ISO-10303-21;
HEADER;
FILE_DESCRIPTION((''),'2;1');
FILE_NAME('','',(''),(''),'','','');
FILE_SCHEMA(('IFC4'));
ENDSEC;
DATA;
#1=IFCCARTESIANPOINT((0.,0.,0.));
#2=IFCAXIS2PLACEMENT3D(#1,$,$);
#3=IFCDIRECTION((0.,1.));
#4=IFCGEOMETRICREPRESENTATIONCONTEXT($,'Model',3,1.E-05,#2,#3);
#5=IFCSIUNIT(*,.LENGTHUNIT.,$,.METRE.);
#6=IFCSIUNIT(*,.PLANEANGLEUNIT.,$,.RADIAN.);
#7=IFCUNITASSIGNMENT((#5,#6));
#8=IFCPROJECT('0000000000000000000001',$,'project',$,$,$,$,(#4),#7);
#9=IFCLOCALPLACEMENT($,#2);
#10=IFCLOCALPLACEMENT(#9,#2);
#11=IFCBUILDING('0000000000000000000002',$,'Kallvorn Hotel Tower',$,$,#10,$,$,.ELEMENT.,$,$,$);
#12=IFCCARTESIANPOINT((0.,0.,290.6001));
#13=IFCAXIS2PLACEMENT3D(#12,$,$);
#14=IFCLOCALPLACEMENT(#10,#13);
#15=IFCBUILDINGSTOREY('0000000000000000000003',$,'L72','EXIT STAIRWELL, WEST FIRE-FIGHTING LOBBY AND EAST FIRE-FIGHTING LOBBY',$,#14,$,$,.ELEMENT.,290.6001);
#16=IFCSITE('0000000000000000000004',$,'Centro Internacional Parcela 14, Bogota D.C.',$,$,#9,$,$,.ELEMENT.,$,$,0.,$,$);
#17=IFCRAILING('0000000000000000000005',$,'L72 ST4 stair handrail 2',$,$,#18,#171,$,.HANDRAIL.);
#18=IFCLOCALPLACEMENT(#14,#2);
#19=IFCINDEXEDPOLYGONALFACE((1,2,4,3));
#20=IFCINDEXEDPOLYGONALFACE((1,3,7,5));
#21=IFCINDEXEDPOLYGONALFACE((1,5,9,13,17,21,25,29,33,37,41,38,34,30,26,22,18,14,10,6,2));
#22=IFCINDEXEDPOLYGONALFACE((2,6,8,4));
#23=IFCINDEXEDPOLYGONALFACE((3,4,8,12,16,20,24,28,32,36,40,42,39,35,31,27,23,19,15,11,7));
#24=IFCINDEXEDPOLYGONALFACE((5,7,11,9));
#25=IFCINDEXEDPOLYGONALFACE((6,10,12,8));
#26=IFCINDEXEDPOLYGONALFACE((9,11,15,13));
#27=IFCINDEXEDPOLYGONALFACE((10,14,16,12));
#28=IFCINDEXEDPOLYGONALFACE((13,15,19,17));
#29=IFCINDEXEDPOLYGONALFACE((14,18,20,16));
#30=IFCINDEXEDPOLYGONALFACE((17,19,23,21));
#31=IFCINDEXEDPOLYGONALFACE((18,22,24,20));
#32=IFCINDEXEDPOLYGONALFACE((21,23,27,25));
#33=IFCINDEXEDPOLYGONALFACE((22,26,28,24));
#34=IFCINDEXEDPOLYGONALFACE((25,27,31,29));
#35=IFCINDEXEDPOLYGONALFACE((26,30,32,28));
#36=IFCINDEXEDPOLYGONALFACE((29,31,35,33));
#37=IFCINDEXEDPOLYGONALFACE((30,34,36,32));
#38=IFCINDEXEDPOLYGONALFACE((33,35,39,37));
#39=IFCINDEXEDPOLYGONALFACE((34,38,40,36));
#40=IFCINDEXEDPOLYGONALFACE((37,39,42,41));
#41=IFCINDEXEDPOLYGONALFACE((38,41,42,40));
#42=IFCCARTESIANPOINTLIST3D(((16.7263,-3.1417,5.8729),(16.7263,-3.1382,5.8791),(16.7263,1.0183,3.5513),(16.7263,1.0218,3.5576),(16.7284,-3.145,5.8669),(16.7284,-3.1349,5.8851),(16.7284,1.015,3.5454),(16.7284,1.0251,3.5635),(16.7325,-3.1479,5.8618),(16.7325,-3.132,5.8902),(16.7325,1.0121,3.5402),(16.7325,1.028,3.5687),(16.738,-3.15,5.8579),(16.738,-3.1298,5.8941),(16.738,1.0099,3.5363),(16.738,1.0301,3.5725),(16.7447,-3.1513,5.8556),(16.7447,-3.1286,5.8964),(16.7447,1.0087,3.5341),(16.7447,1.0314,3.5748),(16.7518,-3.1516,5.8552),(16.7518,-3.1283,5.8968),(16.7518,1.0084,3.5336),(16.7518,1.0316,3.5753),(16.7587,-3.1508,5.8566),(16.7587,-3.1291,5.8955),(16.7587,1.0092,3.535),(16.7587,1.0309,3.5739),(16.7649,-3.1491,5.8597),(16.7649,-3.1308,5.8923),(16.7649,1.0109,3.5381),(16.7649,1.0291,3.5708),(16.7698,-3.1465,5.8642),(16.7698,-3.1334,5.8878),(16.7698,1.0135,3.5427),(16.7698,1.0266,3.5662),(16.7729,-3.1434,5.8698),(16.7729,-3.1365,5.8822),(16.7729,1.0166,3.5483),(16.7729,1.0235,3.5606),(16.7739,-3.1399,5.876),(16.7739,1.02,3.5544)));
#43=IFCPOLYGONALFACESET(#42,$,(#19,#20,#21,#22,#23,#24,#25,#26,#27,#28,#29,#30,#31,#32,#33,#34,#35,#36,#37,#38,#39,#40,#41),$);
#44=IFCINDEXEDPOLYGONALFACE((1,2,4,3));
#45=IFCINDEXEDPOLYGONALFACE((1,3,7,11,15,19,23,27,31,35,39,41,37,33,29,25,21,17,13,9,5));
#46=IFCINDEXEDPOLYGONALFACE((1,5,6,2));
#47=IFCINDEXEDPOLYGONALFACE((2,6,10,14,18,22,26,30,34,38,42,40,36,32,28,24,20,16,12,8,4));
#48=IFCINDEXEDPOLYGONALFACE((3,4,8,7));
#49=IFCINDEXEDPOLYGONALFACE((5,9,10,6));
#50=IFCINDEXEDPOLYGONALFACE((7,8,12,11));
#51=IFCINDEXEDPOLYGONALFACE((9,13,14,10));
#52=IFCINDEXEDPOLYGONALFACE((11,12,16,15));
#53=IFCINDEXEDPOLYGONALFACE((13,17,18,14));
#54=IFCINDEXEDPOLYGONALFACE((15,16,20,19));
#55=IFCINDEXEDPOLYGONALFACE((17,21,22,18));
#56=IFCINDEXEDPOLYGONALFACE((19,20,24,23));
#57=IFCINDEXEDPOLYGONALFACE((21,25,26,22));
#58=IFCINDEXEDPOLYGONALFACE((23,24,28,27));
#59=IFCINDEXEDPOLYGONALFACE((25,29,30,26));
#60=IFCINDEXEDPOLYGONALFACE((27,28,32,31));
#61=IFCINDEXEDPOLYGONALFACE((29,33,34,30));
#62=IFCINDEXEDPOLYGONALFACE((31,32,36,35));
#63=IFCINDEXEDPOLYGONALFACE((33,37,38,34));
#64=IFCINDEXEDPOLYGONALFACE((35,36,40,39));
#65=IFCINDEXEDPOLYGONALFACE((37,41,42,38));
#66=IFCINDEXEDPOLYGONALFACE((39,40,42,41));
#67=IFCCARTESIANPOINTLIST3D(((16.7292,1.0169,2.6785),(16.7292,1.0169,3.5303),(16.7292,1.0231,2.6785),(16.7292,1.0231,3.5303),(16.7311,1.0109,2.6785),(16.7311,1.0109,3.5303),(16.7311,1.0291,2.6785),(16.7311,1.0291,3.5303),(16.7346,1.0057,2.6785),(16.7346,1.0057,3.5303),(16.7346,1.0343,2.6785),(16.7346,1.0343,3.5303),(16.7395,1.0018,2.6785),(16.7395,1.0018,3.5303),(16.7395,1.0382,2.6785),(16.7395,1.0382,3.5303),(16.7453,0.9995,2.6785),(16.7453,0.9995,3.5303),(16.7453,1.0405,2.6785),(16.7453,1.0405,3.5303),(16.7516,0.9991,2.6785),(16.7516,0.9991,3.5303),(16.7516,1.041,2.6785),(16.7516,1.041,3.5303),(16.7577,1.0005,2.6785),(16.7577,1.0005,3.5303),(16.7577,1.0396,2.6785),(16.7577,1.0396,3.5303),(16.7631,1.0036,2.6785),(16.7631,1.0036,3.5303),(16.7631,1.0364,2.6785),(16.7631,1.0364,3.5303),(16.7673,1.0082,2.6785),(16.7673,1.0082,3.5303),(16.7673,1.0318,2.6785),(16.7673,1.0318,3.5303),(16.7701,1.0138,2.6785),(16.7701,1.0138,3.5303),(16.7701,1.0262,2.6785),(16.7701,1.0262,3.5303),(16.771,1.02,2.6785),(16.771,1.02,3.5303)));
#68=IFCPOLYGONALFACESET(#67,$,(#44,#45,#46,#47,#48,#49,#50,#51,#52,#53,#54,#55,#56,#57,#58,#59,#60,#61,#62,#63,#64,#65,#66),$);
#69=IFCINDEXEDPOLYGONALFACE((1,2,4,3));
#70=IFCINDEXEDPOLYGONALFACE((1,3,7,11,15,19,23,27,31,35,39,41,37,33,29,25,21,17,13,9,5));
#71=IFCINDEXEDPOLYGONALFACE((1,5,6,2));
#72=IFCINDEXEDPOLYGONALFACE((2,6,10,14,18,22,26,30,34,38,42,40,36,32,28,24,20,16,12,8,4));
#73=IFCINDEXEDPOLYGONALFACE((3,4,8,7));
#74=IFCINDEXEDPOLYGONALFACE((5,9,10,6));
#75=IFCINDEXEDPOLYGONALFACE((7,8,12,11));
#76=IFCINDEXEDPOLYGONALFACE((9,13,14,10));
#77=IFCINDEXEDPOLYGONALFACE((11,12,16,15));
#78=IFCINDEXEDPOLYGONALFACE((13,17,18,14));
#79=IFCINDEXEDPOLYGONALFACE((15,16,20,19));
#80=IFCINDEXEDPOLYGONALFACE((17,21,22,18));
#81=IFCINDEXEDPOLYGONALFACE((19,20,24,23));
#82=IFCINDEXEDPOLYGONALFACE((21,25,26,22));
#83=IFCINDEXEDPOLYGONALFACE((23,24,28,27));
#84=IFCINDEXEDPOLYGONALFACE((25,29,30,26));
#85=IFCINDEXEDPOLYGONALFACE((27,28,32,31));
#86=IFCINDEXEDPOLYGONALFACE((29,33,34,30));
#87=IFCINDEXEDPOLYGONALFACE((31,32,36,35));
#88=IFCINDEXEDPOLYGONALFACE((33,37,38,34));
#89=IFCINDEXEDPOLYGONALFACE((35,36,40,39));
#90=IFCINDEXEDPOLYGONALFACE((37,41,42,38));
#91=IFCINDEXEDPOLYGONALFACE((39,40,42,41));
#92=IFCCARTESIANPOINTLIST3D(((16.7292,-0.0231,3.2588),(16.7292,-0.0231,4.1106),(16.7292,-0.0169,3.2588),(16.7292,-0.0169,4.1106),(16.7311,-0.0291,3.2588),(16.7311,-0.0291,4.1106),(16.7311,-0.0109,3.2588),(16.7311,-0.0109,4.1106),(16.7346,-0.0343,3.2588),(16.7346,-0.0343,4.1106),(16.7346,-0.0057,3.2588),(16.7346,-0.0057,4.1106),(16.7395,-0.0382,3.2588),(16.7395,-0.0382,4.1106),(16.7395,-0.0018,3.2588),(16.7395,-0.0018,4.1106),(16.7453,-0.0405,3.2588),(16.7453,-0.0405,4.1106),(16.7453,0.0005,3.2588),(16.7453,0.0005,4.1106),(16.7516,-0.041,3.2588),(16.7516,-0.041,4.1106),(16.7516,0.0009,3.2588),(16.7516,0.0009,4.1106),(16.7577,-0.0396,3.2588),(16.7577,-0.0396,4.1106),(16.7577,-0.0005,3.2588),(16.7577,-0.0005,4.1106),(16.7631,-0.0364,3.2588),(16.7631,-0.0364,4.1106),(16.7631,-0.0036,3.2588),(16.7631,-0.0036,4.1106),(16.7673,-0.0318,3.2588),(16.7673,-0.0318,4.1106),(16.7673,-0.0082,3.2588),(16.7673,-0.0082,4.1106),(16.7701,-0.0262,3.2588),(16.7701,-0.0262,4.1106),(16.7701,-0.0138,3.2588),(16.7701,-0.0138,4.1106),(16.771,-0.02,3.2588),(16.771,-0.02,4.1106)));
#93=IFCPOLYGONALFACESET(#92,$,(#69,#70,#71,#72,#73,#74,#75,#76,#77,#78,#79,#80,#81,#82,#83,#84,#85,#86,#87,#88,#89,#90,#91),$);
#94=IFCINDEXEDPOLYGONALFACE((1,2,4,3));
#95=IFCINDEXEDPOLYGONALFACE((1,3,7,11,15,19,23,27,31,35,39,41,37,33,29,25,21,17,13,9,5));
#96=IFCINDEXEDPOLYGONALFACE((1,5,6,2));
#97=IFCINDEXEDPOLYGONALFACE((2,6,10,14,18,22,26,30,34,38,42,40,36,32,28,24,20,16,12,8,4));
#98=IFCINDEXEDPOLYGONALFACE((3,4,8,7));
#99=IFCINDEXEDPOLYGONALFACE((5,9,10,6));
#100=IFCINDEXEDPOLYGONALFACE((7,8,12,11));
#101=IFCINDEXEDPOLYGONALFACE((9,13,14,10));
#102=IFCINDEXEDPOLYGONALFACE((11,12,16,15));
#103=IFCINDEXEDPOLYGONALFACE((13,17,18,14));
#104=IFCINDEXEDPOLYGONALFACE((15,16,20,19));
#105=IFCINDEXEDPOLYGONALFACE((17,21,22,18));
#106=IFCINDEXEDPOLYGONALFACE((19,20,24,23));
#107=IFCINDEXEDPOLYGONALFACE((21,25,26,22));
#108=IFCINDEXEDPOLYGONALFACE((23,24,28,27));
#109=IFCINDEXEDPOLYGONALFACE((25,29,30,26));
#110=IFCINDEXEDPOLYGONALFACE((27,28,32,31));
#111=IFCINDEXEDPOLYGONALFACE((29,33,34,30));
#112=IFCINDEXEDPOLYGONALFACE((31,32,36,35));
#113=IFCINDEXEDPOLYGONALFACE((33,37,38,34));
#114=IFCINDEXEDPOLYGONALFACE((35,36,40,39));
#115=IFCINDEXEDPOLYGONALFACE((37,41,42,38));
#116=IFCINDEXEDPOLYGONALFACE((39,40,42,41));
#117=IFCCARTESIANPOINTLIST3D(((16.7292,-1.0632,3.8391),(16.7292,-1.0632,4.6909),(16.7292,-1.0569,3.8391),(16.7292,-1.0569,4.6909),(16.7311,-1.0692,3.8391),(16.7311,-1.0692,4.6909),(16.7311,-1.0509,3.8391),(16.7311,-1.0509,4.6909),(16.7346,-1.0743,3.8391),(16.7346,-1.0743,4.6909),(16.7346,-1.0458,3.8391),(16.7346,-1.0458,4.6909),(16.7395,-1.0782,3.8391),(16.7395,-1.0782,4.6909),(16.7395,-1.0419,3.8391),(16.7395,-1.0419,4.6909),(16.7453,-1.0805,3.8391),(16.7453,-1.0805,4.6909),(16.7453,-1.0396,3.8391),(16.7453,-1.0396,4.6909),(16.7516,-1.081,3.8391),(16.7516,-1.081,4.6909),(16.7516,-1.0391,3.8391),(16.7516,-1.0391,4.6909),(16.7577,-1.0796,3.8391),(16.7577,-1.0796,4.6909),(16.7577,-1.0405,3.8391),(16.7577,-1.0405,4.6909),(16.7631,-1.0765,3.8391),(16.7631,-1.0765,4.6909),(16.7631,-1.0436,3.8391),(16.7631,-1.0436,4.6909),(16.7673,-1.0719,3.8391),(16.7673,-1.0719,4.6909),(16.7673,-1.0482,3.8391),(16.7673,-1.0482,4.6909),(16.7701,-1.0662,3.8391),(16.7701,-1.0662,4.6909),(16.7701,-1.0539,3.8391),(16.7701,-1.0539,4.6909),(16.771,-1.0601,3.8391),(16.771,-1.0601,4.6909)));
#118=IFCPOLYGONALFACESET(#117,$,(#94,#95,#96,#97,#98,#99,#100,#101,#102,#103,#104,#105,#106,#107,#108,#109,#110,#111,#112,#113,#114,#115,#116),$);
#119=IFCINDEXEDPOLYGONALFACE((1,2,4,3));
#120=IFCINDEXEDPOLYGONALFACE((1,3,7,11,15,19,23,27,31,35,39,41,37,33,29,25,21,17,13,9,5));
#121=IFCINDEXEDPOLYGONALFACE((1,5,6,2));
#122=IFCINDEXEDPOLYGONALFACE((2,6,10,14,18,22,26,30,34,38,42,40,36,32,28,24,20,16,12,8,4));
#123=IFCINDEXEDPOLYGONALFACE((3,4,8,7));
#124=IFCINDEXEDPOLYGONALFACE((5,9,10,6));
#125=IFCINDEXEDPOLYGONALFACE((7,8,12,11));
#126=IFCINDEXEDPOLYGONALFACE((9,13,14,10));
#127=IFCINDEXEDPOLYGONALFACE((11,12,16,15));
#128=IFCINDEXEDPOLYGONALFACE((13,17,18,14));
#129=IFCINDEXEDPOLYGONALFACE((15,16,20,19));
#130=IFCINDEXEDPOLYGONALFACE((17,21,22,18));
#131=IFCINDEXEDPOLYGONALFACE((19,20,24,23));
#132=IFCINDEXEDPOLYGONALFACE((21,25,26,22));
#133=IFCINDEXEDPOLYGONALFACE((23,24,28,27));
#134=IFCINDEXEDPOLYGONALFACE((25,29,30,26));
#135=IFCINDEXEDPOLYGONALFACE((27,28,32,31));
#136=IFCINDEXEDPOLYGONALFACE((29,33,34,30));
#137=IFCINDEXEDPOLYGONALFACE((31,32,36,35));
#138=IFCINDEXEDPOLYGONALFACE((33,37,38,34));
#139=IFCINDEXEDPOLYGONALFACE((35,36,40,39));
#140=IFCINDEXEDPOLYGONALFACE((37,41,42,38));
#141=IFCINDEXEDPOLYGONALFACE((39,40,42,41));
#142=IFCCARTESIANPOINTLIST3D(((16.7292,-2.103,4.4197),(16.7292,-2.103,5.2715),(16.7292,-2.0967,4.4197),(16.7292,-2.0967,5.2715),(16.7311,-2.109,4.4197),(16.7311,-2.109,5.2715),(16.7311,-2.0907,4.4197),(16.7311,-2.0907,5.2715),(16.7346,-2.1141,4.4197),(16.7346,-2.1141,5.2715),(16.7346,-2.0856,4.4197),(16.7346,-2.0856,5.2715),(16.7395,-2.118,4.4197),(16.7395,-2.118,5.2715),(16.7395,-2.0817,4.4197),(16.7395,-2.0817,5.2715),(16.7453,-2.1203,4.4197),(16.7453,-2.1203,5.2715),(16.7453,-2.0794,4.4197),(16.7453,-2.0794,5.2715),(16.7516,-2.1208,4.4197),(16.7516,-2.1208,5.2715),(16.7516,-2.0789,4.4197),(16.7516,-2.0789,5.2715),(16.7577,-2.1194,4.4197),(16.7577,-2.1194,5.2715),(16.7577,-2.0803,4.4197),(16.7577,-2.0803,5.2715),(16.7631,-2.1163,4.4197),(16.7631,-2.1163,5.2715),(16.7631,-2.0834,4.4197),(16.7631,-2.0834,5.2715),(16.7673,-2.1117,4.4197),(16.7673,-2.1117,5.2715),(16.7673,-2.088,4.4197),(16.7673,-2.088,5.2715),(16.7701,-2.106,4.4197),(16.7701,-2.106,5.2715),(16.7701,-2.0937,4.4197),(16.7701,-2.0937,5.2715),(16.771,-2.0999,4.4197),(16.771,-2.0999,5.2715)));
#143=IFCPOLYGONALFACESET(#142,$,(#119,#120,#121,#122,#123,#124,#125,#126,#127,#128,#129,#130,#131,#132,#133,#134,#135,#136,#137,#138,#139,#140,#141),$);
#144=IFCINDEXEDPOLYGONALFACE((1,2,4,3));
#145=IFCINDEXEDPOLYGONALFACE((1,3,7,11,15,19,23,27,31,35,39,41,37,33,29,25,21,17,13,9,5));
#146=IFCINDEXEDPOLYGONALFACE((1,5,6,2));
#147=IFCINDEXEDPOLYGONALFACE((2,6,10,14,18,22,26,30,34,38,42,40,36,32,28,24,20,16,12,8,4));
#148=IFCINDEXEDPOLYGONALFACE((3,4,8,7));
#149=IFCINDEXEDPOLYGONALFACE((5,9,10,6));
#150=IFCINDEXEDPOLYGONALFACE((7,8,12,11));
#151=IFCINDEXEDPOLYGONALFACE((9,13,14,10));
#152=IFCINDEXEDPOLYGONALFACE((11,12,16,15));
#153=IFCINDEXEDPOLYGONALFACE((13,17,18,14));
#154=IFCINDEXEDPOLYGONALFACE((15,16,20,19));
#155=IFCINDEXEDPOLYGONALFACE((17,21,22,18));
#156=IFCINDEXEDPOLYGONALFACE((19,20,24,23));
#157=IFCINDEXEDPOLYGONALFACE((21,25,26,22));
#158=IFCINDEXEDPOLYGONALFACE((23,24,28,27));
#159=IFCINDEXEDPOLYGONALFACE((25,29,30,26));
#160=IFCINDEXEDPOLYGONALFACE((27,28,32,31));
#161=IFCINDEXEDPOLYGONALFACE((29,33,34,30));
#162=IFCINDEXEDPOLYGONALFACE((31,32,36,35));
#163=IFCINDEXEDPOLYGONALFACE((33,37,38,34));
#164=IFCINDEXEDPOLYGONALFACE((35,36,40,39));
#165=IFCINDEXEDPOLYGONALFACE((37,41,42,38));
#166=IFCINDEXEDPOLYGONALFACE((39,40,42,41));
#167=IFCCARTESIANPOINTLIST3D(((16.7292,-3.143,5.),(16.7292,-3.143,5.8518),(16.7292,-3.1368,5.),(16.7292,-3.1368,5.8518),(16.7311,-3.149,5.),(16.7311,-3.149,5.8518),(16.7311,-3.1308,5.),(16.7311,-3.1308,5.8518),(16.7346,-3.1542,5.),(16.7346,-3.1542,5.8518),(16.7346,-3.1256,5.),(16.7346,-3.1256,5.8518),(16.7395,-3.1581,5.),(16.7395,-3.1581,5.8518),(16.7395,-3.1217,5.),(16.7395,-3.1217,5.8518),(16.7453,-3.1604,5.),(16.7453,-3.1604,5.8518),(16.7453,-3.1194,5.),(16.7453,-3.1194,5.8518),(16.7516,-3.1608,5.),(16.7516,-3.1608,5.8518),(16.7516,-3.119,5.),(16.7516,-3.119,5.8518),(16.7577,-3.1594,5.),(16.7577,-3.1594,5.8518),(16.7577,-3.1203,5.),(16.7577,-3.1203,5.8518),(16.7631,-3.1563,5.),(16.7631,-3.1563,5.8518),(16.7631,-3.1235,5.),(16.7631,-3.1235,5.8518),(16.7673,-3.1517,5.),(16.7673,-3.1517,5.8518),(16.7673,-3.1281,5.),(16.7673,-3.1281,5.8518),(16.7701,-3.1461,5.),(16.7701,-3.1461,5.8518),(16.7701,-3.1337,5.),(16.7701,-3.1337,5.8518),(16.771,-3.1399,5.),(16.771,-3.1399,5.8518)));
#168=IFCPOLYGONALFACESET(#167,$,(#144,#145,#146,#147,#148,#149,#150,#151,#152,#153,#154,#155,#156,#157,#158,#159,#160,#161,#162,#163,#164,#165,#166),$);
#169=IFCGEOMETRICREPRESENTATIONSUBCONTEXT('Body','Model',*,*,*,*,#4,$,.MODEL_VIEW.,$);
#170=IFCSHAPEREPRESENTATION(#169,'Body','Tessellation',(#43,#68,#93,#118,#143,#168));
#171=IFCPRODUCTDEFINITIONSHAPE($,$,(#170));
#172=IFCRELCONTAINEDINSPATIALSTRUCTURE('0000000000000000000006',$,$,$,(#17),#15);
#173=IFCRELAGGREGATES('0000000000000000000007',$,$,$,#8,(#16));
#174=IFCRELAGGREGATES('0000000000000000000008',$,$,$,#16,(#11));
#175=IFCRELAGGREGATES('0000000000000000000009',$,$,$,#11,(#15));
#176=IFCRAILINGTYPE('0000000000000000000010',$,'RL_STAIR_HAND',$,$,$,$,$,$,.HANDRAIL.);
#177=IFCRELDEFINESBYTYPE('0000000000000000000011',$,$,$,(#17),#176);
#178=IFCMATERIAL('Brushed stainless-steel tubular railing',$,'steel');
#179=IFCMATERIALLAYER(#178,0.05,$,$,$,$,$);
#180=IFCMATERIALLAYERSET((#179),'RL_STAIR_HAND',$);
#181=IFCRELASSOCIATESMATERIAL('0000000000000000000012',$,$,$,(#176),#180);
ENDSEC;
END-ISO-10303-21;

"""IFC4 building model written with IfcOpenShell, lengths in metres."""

from ifc_helpers import new_model, si_unit, direction, frame, origin, origin_2d, place, context, subcontext, project, spatial, circle, extrude, material, layer, layer_set, type_object, element, save


model = new_model("IFC4")

# Units and contexts
model_context = context("Model", 3, precision=1e-05, world=origin(), true_north=direction((0.0, 1.0)))
body_context = subcontext(model_context, "Body", "Model", "MODEL_VIEW")
ifc_project = project(units=[si_unit("LENGTHUNIT", "METRE"), si_unit("PLANEANGLEUNIT", "RADIAN")], contexts=[model_context])

# Site, building, storey
site_placement = place(None, origin())
site = spatial("IfcSite", under=ifc_project, at=site_placement, Name="Centro Internacional Parcela 14, Bogota D.C.", CompositionType="ELEMENT", RefElevation=0.0)
building_placement = place(site_placement, origin())
building = spatial("IfcBuilding", under=site, at=building_placement, Name="Kallvorn Hotel Tower", CompositionType="ELEMENT")
storey_placement = place(building_placement, frame((0.0, 0.0, 290.6001)))
storey = spatial("IfcBuildingStorey", under=building, at=storey_placement, Name="L72", Description="EXIT STAIRWELL, WEST FIRE-FIGHTING LOBBY AND EAST FIRE-FIGHTING LOBBY", CompositionType="ELEMENT", Elevation=290.6001)

# Railing
ifc_material_1 = material(Name="Brushed stainless-steel tubular railing", Category="steel")
ifc_layer_1 = layer(ifc_material_1, 0.05)
ifc_layer_set_1 = layer_set([ifc_layer_1], Name="RL_STAIR_HAND")
railing_type_1 = type_object("IfcRailingType", Name="RL_STAIR_HAND", PredefinedType="HANDRAIL", material=ifc_layer_set_1)
for number, where, name in (
    (1, (16.75, 1.02, 2.6785), "L72 ST4 stair handrail 2"),
):
    element("IfcRailing", number, at=place(storey_placement, frame(where)), inside=storey, type_object=railing_type_1, Name=name, PredefinedType="HANDRAIL", context=body_context, shape_type="SweptSolid", body=[
        extrude(circle(Radius=0.0239, at=origin_2d()), frame((0.0, 0.0, 0.876), z_axis=(0.0, -0.873223, 0.487322), x_axis=(1.0, 0.0, 0.0)), (0.0, 0.0, 1.0), 4.7639),
        extrude(circle(Radius=0.021, at=origin_2d()), origin(), (0.0, 0.0, 1.0), 0.8518),
        extrude(circle(Radius=0.021, at=origin_2d()), frame((0.0, -1.04, 0.5803)), (0.0, 0.0, 1.0), 0.8518),
        extrude(circle(Radius=0.021, at=origin_2d()), frame((0.0, -2.0801, 1.1606)), (0.0, 0.0, 1.0), 0.8518),
        extrude(circle(Radius=0.021, at=origin_2d()), frame((0.0, -3.1199, 1.7412)), (0.0, 0.0, 1.0), 0.8518),
        extrude(circle(Radius=0.021, at=origin_2d()), frame((0.0, -4.1599, 2.3215)), (0.0, 0.0, 1.0), 0.8518),
    ])

save(model, "model.ifc")
